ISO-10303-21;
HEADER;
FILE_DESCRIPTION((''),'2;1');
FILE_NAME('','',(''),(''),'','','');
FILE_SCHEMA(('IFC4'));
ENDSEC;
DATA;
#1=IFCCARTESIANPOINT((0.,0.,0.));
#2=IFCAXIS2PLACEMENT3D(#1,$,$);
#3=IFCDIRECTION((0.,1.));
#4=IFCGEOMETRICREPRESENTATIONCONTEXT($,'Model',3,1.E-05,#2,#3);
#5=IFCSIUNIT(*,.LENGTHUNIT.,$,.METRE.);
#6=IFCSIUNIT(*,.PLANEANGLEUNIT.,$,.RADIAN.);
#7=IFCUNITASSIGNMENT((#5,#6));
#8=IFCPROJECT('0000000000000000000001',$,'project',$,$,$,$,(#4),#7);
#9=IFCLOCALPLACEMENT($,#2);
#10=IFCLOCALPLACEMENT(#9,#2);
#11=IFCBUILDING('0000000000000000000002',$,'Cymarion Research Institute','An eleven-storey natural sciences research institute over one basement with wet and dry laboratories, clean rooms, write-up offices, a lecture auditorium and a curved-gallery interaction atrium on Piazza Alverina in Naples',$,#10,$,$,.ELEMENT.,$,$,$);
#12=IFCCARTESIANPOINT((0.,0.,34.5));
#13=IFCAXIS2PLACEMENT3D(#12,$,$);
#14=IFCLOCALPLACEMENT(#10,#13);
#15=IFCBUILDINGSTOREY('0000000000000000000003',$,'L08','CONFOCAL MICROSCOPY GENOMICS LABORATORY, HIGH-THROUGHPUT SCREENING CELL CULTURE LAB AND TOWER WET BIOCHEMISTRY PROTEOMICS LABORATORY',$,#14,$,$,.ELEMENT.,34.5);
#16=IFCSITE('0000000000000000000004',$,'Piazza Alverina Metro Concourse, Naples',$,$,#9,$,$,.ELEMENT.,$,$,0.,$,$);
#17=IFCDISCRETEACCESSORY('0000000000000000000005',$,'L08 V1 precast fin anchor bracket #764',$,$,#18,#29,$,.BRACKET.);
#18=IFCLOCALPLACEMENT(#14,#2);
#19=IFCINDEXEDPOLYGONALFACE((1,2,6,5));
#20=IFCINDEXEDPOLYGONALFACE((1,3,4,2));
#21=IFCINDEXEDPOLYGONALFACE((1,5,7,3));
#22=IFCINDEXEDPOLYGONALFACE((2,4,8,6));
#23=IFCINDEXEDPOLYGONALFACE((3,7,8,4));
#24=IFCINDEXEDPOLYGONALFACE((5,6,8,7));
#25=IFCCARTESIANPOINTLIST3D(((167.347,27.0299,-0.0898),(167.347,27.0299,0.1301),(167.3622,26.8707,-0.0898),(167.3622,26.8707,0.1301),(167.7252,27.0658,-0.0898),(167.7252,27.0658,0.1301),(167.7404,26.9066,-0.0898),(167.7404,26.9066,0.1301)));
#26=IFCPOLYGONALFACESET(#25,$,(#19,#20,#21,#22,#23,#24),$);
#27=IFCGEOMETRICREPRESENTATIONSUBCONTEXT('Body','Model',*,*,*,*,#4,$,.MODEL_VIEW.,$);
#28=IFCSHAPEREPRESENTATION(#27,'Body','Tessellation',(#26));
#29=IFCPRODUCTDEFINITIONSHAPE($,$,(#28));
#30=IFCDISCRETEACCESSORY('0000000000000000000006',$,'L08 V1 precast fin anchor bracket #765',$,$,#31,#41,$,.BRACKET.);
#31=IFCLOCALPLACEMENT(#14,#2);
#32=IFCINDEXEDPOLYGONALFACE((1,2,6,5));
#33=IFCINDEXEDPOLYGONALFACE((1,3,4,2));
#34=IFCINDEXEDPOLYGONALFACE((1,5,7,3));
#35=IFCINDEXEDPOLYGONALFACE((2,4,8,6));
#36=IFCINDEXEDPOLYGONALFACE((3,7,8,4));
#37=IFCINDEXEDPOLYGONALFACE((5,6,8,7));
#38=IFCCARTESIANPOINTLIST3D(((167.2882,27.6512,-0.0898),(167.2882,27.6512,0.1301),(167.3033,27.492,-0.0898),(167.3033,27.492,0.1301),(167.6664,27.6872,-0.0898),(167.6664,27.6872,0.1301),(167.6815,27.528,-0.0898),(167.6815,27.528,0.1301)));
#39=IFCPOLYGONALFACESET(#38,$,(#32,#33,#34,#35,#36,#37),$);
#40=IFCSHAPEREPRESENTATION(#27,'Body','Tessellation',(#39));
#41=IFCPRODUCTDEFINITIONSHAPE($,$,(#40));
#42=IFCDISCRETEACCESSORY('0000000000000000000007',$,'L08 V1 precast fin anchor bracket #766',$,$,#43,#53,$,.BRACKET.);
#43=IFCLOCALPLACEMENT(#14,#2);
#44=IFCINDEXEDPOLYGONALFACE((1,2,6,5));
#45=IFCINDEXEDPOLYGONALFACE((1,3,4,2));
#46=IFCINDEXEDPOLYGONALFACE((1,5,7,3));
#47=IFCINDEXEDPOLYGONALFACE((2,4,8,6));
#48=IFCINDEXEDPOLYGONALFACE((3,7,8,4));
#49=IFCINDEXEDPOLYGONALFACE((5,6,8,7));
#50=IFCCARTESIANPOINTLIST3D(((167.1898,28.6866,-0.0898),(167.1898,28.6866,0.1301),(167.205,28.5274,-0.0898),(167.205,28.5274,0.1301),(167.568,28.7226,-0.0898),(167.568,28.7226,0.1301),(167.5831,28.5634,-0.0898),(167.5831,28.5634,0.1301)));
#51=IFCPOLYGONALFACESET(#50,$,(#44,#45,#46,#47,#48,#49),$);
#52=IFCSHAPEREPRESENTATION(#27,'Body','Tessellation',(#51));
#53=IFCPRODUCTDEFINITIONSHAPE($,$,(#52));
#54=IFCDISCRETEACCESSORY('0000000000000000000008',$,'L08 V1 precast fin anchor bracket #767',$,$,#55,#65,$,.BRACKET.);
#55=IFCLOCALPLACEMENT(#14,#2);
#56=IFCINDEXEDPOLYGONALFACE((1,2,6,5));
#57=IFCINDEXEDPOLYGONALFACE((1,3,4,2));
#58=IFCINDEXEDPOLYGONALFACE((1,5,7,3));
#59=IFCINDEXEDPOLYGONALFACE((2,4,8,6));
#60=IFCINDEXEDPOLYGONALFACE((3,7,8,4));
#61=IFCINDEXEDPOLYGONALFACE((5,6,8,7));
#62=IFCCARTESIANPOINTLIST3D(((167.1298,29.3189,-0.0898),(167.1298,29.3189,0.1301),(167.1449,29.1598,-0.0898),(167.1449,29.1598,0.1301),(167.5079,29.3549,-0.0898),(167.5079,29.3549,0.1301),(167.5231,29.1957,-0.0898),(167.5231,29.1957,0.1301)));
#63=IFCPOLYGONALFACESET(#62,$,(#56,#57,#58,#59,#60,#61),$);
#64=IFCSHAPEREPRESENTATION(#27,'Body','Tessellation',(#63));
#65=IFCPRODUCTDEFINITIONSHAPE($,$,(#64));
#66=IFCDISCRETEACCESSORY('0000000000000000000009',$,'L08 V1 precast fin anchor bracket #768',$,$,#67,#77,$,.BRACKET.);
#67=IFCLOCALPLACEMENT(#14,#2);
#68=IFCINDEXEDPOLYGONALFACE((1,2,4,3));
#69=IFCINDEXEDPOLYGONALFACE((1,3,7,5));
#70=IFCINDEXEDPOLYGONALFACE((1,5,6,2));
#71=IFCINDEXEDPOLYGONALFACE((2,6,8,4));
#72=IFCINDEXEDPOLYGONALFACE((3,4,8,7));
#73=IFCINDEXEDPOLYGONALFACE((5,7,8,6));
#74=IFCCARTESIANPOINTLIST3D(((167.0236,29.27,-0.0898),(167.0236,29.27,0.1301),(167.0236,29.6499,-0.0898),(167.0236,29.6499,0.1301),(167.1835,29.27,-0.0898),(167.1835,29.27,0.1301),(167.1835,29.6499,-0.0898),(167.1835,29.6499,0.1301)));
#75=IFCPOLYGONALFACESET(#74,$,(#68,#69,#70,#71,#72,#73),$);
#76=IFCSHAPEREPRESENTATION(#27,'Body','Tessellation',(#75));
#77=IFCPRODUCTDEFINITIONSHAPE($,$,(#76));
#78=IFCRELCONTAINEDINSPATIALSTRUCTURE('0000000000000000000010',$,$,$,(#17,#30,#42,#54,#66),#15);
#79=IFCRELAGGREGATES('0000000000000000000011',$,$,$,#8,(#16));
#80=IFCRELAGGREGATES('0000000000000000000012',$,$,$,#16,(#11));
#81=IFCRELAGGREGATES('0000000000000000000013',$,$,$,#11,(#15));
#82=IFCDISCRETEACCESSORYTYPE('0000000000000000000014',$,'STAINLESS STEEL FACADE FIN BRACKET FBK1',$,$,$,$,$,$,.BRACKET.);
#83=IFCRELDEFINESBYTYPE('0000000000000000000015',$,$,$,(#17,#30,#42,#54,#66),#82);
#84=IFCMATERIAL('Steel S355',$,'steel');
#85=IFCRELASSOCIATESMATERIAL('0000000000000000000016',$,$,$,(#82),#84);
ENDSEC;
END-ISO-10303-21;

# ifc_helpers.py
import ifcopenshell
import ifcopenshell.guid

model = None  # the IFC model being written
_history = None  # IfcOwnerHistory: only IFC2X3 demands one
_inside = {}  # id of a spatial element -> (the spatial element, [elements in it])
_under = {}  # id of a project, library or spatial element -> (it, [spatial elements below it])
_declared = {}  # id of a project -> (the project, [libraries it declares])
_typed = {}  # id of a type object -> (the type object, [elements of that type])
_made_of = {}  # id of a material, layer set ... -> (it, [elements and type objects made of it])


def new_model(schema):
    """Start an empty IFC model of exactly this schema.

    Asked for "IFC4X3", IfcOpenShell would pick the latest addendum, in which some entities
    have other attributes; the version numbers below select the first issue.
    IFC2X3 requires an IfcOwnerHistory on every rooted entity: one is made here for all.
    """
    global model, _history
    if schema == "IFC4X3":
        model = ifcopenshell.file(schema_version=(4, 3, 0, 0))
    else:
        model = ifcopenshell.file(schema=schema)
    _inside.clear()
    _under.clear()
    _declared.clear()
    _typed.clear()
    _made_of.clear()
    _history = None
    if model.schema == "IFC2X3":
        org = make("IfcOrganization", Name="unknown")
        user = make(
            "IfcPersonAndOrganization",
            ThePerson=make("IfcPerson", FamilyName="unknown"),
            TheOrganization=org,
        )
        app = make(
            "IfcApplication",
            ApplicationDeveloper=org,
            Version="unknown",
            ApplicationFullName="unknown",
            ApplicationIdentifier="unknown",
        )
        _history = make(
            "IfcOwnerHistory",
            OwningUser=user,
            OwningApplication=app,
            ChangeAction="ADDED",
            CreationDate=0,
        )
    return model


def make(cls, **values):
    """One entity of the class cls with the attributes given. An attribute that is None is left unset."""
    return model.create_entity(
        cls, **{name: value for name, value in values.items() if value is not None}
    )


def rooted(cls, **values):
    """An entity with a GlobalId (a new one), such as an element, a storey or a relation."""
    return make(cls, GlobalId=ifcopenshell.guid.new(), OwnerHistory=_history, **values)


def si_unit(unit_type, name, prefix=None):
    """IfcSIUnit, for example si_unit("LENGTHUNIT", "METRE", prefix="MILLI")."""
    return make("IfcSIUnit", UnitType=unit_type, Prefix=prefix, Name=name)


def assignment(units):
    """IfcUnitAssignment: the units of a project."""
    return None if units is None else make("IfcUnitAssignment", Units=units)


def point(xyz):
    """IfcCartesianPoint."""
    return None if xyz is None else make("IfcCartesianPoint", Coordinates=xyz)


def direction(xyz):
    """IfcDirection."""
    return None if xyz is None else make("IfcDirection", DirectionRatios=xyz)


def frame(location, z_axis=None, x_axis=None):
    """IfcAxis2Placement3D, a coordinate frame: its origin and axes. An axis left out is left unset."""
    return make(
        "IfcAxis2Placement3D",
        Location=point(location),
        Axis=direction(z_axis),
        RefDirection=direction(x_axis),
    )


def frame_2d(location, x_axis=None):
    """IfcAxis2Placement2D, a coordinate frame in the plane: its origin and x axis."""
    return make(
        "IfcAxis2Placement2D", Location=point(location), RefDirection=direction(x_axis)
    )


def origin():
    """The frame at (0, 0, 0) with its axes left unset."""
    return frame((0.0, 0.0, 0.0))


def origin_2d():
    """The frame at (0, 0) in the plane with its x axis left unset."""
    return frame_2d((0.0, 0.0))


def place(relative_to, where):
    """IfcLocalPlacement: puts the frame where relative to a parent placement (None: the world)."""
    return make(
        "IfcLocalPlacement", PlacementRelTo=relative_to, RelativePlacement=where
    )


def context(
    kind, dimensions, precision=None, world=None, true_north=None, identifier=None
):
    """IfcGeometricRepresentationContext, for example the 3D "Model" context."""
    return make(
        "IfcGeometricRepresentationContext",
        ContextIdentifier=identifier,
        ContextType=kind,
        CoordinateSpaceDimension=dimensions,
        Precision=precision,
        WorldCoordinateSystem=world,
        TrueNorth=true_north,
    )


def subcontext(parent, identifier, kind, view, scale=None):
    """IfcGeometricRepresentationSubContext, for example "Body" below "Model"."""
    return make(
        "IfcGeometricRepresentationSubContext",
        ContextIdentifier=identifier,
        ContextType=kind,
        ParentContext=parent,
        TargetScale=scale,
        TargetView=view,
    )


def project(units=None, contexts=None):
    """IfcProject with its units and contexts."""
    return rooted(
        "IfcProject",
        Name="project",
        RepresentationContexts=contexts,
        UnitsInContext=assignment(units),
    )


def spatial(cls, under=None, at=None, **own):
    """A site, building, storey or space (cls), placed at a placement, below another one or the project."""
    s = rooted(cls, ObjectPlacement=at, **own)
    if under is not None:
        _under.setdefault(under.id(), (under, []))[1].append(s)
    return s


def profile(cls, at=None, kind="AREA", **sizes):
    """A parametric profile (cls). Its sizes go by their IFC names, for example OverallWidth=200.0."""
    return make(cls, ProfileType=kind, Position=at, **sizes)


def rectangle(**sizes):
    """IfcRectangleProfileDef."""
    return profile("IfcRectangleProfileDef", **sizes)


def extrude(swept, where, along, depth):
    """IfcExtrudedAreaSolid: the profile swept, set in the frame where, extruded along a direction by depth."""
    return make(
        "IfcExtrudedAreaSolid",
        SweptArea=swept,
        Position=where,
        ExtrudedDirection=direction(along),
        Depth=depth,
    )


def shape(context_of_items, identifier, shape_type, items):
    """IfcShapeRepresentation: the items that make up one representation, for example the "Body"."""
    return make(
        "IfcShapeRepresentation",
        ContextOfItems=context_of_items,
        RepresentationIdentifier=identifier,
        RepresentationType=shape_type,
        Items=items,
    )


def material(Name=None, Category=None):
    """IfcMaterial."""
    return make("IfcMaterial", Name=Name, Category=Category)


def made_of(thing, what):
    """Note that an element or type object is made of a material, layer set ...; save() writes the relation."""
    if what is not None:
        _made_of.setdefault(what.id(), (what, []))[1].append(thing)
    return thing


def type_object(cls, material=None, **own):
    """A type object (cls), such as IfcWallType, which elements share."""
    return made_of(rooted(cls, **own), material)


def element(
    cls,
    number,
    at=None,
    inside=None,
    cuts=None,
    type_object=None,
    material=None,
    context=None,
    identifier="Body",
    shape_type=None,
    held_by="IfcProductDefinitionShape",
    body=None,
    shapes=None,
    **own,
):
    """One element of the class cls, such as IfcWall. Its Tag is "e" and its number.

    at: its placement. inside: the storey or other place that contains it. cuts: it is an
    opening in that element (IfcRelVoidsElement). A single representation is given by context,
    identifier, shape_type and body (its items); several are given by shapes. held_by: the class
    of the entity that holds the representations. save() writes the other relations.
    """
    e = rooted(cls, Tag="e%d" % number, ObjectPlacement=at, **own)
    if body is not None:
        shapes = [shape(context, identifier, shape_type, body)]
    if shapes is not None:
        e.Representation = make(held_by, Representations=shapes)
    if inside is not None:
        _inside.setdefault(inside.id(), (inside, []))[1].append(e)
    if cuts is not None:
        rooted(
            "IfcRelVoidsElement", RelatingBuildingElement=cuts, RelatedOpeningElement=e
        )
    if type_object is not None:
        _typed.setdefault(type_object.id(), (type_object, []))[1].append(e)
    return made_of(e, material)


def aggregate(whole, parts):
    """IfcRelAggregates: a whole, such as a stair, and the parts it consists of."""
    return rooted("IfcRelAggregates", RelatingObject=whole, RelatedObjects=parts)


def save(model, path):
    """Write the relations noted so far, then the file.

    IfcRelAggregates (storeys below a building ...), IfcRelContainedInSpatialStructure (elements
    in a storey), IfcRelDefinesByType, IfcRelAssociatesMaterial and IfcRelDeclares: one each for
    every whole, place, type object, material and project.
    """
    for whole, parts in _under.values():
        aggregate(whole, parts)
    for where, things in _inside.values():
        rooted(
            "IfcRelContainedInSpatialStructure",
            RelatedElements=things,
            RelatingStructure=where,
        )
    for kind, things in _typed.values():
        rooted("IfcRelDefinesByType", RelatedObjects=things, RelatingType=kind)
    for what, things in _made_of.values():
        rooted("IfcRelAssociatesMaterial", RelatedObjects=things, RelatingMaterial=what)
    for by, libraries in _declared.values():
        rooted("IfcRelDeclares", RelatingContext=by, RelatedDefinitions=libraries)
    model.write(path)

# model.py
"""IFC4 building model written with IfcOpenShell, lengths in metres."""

from ifc_helpers import new_model, si_unit, direction, frame, origin, origin_2d, place, context, subcontext, project, spatial, rectangle, extrude, material, type_object, element, save


model = new_model("IFC4")

# Units and contexts
model_context = context("Model", 3, precision=1e-05, world=origin(), true_north=direction((0.0, 1.0)))
body_context = subcontext(model_context, "Body", "Model", "MODEL_VIEW")
ifc_project = project(units=[si_unit("LENGTHUNIT", "METRE"), si_unit("PLANEANGLEUNIT", "RADIAN")], contexts=[model_context])

# Site, building, storey
site_placement = place(None, origin())
site = spatial("IfcSite", under=ifc_project, at=site_placement, Name="Piazza Alverina Metro Concourse, Naples", CompositionType="ELEMENT", RefElevation=0.0)
building_placement = place(site_placement, origin())
building = spatial("IfcBuilding", under=site, at=building_placement, Name="Cymarion Research Institute", Description="An eleven-storey natural sciences research institute over one basement with wet and dry laboratories, clean rooms, write-up offices, a lecture auditorium and a curved-gallery interaction atrium on Piazza Alverina in Naples", CompositionType="ELEMENT")
storey_placement = place(building_placement, frame((0.0, 0.0, 34.5)))
storey = spatial("IfcBuildingStorey", under=building, at=storey_placement, Name="L08", Description="CONFOCAL MICROSCOPY GENOMICS LABORATORY, HIGH-THROUGHPUT SCREENING CELL CULTURE LAB AND TOWER WET BIOCHEMISTRY PROTEOMICS LABORATORY", CompositionType="ELEMENT", Elevation=34.5)

# Shared definitions
ifc_material_1 = material(Name="Steel S355", Category="steel")

# Discrete accessories
discrete_accessory_type = type_object("IfcDiscreteAccessoryType", Name="STAINLESS STEEL FACADE FIN BRACKET FBK1", PredefinedType="BRACKET", material=ifc_material_1)
for number, where, z_axis, x_axis, name in (
    (1, (167.5437, 26.9683, -0.0898), (0.0, 0.0, 1.0), (0.995513, 0.09463, 0.0), "L08 V1 precast fin anchor bracket #764"),
    (2, (167.4849, 27.5896, -0.0898), (0.0, 0.0, 1.0), (0.995513, 0.09463, 0.0), "L08 V1 precast fin anchor bracket #765"),
    (3, (167.3865, 28.625, -0.0898), (0.0, 0.0, 1.0), (0.995513, 0.09463, 0.0), "L08 V1 precast fin anchor bracket #766"),
    (4, (167.3264, 29.2573, -0.0898), (0.0, 0.0, 1.0), (0.995513, 0.09463, 0.0), "L08 V1 precast fin anchor bracket #767"),
    (5, (167.1035, 29.46, -0.0898), (0.0, 0.0, 1.0), (0.0, 1.0, 0.0), "L08 V1 precast fin anchor bracket #768"),
):
    element("IfcDiscreteAccessory", number, at=place(storey_placement, frame(where, z_axis=z_axis, x_axis=x_axis)), inside=storey, type_object=discrete_accessory_type, Name=name, PredefinedType="BRACKET", context=body_context, shape_type="SweptSolid", body=[
        extrude(rectangle(XDim=0.3799, YDim=0.1599, at=origin_2d()), origin(), (0.0, 0.0, 1.0), 0.22),
    ])

save(model, "model.ifc")
